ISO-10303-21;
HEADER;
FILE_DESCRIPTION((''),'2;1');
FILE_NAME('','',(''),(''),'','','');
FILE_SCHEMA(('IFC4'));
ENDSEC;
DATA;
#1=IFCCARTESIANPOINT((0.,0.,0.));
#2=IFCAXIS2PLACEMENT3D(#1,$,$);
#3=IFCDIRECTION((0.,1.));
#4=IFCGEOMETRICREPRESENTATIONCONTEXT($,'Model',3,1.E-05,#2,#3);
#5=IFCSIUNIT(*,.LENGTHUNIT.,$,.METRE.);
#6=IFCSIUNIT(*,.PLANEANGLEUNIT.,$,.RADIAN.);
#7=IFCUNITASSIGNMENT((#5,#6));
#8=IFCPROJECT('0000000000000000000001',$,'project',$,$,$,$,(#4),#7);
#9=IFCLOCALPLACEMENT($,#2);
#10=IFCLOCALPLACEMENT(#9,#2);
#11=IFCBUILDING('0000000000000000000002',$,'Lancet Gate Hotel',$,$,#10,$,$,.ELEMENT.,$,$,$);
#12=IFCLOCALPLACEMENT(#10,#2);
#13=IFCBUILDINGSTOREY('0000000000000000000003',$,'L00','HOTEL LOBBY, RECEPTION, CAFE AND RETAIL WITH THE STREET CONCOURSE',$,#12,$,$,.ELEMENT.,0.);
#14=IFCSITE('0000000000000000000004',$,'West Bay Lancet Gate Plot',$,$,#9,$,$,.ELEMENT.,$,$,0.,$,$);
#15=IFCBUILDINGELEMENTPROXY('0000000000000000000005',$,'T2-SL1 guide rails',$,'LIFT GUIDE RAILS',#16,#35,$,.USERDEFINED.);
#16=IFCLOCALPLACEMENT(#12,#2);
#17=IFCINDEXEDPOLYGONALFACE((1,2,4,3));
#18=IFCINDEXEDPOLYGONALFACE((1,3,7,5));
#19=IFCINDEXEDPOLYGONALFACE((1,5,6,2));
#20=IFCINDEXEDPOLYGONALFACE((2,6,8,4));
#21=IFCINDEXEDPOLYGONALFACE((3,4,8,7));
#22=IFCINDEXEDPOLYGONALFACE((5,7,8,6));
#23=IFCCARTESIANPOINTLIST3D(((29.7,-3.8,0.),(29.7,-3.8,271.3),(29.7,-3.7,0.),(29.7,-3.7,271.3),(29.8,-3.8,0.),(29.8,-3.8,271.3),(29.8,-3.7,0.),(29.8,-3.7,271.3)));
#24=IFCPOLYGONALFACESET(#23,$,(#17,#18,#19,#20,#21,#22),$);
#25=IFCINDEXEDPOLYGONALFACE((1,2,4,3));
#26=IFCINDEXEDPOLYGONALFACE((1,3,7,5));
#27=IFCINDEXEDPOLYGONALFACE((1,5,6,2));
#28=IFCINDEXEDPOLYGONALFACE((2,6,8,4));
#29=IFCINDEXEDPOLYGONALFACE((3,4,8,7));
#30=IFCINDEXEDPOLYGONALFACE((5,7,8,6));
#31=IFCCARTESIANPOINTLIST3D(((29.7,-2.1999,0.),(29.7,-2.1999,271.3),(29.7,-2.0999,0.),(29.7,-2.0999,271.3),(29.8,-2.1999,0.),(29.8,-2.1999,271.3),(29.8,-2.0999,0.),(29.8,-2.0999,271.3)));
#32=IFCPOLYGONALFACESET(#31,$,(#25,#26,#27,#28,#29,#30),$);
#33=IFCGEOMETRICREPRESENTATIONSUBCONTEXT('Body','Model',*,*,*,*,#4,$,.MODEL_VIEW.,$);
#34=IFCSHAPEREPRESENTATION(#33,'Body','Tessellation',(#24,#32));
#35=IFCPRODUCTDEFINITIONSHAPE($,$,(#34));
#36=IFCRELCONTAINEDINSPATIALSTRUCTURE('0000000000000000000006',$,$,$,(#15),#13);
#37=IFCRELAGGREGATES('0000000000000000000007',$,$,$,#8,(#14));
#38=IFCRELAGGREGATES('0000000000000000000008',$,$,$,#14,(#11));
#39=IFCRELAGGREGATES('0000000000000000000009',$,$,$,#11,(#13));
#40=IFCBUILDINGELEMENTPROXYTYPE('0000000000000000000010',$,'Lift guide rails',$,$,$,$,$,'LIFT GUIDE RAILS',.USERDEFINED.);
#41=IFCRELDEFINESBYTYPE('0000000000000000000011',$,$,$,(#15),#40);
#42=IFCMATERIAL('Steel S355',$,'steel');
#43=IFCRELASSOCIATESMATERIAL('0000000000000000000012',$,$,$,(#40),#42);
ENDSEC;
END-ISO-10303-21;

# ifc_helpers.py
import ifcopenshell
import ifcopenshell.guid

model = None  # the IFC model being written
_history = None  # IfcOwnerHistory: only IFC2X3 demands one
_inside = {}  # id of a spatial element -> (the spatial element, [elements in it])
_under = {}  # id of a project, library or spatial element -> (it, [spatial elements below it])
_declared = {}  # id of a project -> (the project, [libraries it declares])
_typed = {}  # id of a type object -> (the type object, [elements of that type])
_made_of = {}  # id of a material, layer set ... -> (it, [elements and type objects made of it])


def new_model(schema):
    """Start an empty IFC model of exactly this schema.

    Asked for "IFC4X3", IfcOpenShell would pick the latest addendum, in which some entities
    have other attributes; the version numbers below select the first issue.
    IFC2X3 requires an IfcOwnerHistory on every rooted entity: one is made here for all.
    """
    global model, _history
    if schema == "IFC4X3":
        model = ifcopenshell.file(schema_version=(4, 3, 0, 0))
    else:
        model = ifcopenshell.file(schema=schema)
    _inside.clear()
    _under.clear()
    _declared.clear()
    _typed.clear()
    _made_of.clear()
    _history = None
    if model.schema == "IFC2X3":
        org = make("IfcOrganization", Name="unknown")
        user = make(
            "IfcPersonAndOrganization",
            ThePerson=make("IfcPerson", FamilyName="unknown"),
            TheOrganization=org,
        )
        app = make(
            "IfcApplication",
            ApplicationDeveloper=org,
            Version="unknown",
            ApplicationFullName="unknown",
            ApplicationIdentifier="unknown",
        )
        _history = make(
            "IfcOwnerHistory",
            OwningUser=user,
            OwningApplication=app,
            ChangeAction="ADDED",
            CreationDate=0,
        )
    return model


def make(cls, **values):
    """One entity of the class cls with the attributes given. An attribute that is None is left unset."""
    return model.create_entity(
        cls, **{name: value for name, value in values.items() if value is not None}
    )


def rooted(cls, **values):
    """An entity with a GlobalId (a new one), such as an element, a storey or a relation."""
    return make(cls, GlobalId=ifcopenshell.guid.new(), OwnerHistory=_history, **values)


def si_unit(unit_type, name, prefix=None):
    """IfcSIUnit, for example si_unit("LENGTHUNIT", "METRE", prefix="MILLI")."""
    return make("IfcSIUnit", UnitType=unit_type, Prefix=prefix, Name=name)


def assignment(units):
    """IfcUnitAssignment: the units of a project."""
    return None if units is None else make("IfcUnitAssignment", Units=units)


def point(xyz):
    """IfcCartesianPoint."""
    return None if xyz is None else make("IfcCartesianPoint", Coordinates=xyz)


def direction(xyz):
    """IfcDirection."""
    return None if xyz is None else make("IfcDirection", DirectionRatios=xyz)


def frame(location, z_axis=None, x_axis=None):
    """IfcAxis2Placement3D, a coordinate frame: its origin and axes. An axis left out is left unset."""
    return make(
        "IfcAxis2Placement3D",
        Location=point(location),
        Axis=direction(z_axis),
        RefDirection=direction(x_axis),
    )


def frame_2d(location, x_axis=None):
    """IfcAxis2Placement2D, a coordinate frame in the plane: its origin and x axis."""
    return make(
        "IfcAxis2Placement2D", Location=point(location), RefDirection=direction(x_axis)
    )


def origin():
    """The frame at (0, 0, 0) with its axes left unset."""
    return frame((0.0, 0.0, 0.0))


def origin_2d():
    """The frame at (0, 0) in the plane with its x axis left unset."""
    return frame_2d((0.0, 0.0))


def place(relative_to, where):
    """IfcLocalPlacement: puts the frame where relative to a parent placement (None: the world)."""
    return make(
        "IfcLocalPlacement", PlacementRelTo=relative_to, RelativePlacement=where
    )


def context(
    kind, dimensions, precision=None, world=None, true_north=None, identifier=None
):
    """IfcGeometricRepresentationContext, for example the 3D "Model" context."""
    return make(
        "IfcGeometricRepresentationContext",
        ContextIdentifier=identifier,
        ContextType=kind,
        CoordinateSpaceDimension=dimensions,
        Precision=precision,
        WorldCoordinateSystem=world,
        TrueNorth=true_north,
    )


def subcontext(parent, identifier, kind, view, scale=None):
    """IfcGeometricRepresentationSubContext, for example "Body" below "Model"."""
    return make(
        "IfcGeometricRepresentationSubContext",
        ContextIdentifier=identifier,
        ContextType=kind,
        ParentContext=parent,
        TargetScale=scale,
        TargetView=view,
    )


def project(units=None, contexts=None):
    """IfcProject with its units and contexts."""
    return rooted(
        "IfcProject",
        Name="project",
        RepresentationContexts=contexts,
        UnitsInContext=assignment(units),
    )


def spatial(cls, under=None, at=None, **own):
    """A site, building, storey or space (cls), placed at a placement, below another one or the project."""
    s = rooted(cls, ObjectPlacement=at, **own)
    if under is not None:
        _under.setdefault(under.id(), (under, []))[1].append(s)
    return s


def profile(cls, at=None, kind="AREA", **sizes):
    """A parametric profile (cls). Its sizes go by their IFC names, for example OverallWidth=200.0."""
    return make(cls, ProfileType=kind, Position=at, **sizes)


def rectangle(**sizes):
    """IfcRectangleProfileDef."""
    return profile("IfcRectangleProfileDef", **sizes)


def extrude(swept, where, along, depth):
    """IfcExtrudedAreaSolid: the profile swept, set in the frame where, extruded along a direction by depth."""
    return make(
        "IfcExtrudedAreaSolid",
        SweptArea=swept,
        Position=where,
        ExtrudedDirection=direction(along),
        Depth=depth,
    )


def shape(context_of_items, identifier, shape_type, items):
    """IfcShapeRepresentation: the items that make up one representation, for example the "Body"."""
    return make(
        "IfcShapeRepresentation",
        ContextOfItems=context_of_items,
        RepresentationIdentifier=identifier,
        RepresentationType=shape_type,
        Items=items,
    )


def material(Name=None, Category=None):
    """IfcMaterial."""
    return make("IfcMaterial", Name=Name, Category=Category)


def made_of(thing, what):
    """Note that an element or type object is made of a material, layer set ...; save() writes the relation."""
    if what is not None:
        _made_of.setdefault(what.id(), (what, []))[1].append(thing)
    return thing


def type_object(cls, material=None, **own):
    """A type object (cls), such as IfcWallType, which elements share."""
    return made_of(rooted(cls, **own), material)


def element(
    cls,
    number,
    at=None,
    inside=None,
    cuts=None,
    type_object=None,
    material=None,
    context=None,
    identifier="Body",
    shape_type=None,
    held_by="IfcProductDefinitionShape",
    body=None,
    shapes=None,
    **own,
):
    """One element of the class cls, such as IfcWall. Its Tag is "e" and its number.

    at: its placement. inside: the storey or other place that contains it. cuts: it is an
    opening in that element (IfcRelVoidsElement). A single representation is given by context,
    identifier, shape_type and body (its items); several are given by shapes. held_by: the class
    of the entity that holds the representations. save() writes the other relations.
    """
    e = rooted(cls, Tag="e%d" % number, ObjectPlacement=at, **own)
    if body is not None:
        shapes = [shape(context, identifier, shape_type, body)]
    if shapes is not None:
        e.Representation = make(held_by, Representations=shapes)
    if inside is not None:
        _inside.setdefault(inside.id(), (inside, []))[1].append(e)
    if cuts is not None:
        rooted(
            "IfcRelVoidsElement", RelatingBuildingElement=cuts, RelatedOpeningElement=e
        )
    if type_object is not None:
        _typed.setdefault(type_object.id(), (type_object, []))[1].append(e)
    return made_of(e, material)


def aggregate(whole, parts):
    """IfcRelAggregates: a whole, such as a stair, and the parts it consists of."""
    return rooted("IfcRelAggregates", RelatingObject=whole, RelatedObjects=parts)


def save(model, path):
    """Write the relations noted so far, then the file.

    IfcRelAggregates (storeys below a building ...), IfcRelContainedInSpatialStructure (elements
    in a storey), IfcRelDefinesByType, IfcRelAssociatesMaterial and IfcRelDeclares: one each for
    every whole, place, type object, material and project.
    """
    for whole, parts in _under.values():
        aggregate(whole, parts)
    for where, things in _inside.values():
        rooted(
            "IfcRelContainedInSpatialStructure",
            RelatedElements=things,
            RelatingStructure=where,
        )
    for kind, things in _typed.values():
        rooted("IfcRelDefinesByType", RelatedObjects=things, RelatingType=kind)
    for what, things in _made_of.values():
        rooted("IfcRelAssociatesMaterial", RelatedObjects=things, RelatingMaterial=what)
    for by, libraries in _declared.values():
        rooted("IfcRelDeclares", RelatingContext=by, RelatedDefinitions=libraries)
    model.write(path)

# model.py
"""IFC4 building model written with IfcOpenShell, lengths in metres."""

from ifc_helpers import new_model, si_unit, direction, frame, origin, origin_2d, place, context, subcontext, project, spatial, rectangle, extrude, material, type_object, element, save


model = new_model("IFC4")

# Units and contexts
model_context = context("Model", 3, precision=1e-05, world=origin(), true_north=direction((0.0, 1.0)))
body_context = subcontext(model_context, "Body", "Model", "MODEL_VIEW")
ifc_project = project(units=[si_unit("LENGTHUNIT", "METRE"), si_unit("PLANEANGLEUNIT", "RADIAN")], contexts=[model_context])

# Site, building, storey
site_placement = place(None, origin())
site = spatial("IfcSite", under=ifc_project, at=site_placement, Name="West Bay Lancet Gate Plot", CompositionType="ELEMENT", RefElevation=0.0)
building_placement = place(site_placement, origin())
building = spatial("IfcBuilding", under=site, at=building_placement, Name="Lancet Gate Hotel", CompositionType="ELEMENT")
storey_placement = place(building_placement, origin())
storey = spatial("IfcBuildingStorey", under=building, at=storey_placement, Name="L00", Description="HOTEL LOBBY, RECEPTION, CAFE AND RETAIL WITH THE STREET CONCOURSE", CompositionType="ELEMENT", Elevation=0.0)

# Building element proxy
ifc_material_1 = material(Name="Steel S355", Category="steel")
building_element_proxy_type = type_object("IfcBuildingElementProxyType", Name="Lift guide rails", ElementType="LIFT GUIDE RAILS", PredefinedType="USERDEFINED", material=ifc_material_1)
proxy_placement = place(storey_placement, frame((29.75, -2.95, 0.0), z_axis=(0.0, 0.0, 1.0), x_axis=(1.0, 0.0, 0.0)))
element("IfcBuildingElementProxy", 1, at=proxy_placement, inside=storey, type_object=building_element_proxy_type, Name="T2-SL1 guide rails", ObjectType="LIFT GUIDE RAILS", PredefinedType="USERDEFINED", context=body_context, shape_type="SweptSolid", body=[
    extrude(rectangle(XDim=0.1, YDim=0.1, at=origin_2d()), frame((0.0, -0.8, 0.0)), (0.0, 0.0, 1.0), 271.3),
    extrude(rectangle(XDim=0.1, YDim=0.1, at=origin_2d()), frame((0.0, 0.8, 0.0)), (0.0, 0.0, 1.0), 271.3),
])

save(model, "model.ifc")
